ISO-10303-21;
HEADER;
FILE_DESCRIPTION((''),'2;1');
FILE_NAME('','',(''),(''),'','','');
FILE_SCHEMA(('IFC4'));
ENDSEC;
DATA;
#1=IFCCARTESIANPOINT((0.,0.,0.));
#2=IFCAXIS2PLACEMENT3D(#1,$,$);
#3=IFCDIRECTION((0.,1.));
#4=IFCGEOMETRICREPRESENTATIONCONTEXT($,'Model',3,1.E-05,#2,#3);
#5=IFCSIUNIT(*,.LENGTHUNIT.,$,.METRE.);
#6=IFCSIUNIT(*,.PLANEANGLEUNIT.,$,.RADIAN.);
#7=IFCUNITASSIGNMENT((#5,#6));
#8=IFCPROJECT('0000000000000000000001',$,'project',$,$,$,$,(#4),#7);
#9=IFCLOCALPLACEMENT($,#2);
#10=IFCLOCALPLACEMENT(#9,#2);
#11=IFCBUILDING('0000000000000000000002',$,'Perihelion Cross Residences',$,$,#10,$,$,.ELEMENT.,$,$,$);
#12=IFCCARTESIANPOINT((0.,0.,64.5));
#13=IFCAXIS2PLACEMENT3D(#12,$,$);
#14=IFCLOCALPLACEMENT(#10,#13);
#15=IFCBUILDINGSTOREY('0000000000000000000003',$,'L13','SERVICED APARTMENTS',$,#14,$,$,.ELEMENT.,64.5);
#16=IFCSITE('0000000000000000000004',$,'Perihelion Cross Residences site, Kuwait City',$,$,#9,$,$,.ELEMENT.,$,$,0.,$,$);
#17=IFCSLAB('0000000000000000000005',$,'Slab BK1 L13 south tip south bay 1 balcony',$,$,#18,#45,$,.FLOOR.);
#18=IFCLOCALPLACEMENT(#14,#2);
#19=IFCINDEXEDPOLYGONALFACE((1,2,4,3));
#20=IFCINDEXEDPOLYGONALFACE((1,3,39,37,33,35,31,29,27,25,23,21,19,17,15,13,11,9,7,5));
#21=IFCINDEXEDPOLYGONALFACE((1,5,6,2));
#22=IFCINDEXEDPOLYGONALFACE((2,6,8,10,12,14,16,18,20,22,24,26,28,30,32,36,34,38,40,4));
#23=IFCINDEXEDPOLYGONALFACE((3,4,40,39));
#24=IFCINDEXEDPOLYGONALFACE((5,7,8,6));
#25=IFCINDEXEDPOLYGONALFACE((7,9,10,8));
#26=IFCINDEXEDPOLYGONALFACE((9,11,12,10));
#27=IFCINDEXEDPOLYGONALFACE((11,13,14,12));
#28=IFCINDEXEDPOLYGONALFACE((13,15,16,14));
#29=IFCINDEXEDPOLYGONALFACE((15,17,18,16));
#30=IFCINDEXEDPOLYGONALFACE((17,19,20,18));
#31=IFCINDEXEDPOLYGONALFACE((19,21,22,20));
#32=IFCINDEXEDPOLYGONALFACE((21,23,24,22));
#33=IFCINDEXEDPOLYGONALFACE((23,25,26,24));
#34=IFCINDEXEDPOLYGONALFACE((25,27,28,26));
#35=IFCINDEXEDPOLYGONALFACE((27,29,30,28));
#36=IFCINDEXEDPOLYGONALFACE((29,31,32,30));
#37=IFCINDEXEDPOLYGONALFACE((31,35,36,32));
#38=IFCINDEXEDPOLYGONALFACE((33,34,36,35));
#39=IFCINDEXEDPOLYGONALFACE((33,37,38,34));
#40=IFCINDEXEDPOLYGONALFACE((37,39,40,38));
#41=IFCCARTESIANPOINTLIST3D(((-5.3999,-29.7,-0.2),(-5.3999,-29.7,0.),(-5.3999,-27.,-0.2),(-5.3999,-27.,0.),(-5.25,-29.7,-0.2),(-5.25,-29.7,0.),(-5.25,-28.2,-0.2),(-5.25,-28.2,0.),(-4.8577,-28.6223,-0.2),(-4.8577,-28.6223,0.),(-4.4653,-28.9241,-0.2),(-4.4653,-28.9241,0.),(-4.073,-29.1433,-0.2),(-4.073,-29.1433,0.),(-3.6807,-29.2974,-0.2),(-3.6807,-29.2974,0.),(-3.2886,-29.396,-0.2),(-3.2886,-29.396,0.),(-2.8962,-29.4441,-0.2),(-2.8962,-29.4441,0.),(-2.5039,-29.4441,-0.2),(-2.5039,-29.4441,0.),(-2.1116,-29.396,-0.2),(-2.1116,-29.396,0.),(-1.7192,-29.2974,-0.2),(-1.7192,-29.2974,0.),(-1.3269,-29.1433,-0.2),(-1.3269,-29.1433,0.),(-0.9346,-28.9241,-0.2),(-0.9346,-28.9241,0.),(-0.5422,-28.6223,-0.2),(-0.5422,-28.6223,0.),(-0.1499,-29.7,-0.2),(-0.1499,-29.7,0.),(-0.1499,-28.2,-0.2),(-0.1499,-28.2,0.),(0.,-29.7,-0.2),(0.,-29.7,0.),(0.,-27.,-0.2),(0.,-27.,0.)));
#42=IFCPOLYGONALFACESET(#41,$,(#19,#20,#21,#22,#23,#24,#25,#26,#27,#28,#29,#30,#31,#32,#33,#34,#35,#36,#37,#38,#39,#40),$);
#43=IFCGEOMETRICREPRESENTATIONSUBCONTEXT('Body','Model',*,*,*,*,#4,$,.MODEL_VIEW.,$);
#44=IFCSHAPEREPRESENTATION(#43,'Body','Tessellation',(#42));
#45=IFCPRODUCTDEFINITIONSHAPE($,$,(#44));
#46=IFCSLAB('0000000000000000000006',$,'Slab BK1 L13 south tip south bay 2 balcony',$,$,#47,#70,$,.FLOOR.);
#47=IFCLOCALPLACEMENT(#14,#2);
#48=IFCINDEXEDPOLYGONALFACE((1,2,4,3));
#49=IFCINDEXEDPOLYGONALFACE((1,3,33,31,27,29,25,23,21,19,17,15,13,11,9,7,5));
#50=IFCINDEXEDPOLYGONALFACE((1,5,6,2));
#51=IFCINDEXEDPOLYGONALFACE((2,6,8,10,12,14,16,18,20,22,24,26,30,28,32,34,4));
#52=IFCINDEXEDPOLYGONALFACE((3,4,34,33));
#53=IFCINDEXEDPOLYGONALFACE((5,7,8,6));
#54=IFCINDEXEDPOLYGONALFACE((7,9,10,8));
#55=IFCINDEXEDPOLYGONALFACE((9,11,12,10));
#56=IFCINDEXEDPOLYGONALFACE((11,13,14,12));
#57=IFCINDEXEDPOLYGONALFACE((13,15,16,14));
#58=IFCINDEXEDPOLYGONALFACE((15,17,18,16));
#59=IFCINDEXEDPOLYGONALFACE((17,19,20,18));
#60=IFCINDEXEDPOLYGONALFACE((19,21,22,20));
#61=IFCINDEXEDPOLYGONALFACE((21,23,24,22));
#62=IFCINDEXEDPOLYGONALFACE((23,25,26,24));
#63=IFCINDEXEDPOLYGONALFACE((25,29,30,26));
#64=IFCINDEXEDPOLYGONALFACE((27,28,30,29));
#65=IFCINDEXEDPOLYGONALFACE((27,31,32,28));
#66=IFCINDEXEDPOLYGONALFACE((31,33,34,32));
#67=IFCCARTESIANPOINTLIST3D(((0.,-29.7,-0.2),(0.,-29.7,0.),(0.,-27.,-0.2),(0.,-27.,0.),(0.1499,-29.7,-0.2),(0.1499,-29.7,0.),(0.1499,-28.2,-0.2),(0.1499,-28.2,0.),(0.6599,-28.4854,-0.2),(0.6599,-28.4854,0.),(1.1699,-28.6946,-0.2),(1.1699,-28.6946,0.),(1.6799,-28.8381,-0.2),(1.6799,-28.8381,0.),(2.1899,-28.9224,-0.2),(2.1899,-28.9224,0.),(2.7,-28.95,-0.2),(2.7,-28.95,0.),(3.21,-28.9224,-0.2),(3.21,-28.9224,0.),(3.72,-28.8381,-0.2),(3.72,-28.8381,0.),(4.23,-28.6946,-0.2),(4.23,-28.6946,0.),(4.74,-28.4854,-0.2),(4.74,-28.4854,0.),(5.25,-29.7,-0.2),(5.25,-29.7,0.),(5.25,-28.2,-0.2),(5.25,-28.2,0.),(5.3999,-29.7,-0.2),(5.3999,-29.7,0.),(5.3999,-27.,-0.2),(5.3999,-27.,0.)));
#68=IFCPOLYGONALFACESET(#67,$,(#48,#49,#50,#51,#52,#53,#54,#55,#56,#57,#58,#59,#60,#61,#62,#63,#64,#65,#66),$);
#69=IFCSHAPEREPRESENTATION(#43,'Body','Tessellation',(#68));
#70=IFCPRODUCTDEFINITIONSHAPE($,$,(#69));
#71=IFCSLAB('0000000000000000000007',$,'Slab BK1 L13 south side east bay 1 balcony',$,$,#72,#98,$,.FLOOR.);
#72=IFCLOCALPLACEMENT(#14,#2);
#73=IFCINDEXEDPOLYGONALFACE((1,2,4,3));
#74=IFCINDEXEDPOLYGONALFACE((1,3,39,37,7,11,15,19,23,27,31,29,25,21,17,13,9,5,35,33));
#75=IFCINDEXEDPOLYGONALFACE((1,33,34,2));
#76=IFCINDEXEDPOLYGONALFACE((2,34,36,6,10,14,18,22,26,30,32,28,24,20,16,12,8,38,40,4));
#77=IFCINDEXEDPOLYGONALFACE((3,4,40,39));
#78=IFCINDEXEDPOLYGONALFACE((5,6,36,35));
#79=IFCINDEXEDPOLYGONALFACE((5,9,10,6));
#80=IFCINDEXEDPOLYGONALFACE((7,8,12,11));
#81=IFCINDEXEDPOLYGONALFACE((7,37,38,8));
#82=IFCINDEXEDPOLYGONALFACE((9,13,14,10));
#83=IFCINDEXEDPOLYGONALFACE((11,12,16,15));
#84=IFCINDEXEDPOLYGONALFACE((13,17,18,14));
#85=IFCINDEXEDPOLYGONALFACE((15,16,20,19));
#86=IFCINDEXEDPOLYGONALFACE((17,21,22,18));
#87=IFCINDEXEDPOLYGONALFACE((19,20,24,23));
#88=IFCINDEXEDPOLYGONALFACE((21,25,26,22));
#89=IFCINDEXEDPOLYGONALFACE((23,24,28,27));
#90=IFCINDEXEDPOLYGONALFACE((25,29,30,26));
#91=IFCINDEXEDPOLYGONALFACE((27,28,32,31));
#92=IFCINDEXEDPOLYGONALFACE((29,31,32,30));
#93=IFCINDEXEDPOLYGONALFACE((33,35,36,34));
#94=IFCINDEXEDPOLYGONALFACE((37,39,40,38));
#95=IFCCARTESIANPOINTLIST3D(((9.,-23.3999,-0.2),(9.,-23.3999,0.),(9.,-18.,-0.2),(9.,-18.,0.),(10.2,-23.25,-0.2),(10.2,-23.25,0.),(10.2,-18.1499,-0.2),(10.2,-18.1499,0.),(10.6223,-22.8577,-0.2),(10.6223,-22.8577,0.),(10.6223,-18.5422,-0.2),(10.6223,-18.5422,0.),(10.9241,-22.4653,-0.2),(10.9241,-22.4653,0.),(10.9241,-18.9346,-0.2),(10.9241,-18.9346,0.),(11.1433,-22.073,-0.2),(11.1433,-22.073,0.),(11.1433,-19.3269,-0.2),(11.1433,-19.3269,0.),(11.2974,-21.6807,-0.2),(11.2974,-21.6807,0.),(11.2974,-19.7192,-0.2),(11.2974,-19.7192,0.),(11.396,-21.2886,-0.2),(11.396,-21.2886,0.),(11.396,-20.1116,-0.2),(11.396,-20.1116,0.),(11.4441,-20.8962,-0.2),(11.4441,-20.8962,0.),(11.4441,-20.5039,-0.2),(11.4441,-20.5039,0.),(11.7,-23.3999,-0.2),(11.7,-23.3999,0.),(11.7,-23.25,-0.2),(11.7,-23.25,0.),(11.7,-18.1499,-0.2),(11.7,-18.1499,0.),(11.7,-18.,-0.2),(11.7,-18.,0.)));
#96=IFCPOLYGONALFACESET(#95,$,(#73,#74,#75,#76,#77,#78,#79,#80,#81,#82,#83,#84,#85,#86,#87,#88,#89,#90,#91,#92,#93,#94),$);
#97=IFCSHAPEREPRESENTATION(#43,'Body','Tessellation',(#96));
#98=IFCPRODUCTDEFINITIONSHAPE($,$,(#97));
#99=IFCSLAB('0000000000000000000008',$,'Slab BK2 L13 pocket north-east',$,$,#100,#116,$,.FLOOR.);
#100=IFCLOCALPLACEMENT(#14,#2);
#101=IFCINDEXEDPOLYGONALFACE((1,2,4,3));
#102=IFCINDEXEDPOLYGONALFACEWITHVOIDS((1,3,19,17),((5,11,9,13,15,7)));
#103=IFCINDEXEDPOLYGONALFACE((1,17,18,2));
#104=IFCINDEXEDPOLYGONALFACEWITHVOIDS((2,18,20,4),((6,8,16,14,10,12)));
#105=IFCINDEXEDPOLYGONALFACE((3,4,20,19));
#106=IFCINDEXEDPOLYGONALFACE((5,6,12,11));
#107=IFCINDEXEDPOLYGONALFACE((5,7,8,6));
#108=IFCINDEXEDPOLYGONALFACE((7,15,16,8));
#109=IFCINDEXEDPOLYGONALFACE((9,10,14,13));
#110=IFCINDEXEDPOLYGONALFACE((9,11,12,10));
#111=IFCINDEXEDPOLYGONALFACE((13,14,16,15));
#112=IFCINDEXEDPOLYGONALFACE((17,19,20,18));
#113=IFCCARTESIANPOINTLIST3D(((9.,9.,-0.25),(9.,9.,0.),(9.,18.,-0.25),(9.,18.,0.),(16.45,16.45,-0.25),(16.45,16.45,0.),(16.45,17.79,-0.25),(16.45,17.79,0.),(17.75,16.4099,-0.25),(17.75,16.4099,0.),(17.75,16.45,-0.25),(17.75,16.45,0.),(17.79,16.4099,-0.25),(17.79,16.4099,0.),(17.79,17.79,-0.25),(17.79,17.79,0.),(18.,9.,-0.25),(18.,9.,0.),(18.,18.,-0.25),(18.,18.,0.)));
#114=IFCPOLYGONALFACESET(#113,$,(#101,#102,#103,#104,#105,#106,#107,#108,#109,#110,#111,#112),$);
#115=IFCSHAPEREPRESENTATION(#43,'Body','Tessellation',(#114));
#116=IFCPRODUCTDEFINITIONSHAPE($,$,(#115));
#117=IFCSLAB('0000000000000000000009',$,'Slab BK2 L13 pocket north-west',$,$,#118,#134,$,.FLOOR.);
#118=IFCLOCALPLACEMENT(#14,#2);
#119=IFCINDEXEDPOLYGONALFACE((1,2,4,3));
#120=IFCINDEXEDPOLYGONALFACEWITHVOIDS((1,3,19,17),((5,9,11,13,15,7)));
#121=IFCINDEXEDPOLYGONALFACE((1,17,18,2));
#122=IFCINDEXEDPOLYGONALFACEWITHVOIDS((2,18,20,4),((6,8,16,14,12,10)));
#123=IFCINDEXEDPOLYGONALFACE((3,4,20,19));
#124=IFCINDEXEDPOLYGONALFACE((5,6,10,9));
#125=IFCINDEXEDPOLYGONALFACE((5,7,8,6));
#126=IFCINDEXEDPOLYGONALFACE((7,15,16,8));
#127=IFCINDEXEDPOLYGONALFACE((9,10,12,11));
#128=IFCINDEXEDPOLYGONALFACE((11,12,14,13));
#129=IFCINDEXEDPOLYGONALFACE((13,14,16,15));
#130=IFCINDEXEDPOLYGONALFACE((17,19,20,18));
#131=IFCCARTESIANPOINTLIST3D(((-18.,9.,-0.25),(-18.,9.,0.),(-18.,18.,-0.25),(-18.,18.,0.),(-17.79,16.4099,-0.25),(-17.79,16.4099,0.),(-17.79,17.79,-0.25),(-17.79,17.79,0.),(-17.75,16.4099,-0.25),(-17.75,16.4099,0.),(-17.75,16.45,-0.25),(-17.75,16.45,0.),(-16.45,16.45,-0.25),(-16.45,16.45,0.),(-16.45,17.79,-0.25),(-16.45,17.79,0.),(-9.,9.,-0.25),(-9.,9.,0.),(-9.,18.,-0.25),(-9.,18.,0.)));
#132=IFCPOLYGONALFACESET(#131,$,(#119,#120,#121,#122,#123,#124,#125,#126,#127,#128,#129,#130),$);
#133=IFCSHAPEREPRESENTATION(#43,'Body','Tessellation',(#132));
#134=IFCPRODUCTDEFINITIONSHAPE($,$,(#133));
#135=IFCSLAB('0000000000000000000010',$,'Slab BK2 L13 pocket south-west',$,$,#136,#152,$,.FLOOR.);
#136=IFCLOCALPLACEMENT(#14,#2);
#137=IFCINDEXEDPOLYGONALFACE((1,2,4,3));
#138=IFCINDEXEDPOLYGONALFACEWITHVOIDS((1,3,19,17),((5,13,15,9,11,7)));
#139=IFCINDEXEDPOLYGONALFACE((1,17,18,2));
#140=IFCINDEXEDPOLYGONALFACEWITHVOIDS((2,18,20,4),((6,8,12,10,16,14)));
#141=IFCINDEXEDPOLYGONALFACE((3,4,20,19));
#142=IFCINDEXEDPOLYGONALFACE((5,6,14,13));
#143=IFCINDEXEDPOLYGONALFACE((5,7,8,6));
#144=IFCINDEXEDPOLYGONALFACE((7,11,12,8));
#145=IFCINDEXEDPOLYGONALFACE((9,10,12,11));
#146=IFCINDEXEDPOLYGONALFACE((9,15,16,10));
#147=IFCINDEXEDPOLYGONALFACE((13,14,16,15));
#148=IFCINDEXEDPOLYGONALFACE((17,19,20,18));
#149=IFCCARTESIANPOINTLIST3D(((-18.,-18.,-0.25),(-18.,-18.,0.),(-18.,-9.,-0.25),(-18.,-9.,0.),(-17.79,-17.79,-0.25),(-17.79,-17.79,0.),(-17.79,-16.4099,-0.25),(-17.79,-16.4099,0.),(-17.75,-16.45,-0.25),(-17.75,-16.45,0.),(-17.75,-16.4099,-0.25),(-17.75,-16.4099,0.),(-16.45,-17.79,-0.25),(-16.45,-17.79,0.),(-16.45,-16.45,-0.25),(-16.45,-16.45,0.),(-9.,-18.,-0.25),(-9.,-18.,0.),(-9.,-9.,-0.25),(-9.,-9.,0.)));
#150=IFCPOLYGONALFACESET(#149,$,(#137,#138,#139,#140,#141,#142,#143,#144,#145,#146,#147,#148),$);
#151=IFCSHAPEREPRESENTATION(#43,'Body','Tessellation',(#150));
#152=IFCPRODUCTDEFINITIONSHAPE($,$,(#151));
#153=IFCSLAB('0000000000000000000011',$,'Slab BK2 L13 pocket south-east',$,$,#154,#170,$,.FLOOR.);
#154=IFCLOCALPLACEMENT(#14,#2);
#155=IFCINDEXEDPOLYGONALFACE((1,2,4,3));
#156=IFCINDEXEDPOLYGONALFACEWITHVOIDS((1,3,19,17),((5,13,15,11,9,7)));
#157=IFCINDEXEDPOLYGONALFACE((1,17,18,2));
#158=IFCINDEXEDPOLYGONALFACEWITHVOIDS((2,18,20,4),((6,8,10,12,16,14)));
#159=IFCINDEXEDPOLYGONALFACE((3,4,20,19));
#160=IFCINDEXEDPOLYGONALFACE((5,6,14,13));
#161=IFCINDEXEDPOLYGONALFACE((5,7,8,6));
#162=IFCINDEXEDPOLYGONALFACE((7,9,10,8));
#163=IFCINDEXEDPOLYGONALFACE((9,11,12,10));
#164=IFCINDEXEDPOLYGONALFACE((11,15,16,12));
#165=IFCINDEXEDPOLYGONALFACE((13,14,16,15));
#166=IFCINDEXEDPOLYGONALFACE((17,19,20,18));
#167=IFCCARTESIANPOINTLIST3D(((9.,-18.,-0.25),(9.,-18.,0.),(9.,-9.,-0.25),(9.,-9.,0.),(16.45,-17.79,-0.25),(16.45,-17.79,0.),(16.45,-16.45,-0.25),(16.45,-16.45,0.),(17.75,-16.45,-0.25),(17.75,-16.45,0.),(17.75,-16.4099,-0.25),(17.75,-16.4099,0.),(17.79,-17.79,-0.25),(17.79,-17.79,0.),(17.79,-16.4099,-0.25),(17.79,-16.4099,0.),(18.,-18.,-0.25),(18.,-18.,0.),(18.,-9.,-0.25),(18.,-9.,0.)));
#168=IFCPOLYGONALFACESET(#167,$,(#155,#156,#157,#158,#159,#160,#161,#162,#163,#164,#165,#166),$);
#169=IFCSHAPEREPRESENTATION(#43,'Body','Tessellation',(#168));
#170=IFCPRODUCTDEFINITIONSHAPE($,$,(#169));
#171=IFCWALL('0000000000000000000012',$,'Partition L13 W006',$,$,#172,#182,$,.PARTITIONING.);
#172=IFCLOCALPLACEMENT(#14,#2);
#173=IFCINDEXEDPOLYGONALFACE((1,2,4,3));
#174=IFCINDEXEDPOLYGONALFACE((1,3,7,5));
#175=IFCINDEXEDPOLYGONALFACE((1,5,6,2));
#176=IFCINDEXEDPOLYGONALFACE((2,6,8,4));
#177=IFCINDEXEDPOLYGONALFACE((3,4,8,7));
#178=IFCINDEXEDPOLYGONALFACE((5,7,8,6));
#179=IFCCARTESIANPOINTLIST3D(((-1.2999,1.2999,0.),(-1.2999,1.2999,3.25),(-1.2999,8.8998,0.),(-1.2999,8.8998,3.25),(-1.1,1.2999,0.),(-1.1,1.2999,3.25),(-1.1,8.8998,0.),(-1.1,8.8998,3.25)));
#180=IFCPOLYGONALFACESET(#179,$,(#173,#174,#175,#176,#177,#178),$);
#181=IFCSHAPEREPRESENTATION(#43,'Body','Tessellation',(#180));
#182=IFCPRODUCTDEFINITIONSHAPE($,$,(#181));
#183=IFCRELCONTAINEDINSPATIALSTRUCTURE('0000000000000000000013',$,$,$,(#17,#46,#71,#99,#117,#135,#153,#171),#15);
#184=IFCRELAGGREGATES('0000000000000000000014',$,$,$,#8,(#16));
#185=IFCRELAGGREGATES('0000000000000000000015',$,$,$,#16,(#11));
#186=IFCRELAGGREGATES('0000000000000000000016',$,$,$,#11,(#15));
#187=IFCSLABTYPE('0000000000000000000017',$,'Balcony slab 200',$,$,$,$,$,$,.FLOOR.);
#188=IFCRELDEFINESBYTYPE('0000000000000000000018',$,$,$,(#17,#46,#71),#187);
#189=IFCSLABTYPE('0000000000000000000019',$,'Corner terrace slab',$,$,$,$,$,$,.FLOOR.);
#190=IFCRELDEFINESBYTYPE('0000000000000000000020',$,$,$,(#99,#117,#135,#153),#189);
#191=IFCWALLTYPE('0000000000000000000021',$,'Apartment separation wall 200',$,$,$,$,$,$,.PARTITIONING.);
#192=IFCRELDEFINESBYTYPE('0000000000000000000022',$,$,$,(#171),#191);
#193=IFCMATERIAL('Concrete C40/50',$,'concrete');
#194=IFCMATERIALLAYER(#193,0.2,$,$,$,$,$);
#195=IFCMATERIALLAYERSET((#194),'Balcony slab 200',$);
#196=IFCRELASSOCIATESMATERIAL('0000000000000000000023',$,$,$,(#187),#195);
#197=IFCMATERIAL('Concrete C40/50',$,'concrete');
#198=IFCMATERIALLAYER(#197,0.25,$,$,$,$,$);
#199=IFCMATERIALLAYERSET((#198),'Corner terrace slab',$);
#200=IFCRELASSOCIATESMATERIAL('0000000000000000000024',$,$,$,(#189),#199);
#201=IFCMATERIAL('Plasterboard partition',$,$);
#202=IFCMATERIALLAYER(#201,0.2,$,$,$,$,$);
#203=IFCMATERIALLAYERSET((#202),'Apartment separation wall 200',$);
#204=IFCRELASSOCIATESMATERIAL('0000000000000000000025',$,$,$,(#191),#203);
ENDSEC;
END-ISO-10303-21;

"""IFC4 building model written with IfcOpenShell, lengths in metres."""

from ifc_helpers import new_model, si_unit, direction, frame, frame_2d, origin, place, context, subcontext, project, spatial, polyline, rectangle, outline, extrude, material, layer, layer_set, type_object, element, save


model = new_model("IFC4")

# Units and contexts
model_context = context("Model", 3, precision=1e-05, world=origin(), true_north=direction((0.0, 1.0)))
body_context = subcontext(model_context, "Body", "Model", "MODEL_VIEW")
ifc_project = project(units=[si_unit("LENGTHUNIT", "METRE"), si_unit("PLANEANGLEUNIT", "RADIAN")], contexts=[model_context])

# Site, building, storey
site_placement = place(None, origin())
site = spatial("IfcSite", under=ifc_project, at=site_placement, Name="Perihelion Cross Residences site, Kuwait City", CompositionType="ELEMENT", RefElevation=0.0)
building_placement = place(site_placement, origin())
building = spatial("IfcBuilding", under=site, at=building_placement, Name="Perihelion Cross Residences", CompositionType="ELEMENT")
storey_placement = place(building_placement, frame((0.0, 0.0, 64.5)))
storey = spatial("IfcBuildingStorey", under=building, at=storey_placement, Name="L13", Description="SERVICED APARTMENTS", CompositionType="ELEMENT", Elevation=64.5)

# Slabs
ifc_material_1 = material(Name="Concrete C40/50", Category="concrete")
ifc_layer_1 = layer(ifc_material_1, 0.2)
ifc_layer_set_1 = layer_set([ifc_layer_1], Name="Balcony slab 200")
slab_type_1 = type_object("IfcSlabType", Name="Balcony slab 200", PredefinedType="FLOOR", material=ifc_layer_set_1)
slab_1_placement = place(storey_placement, frame((0.0, 0.0, -0.2)))
element("IfcSlab", 1, at=slab_1_placement, inside=storey, type_object=slab_type_1, Name="Slab BK1 L13 south tip south bay 1 balcony", PredefinedType="FLOOR", context=body_context, shape_type="SweptSolid", body=[
    extrude(outline(polyline([(-5.3999, -27.0), (0.0, -27.0), (0.0, -29.7), (-0.1499, -29.7), (-0.1499, -28.2), (-0.5422, -28.6223), (-0.9346, -28.9241), (-1.3269, -29.1433), (-1.7192, -29.2974), (-2.1116, -29.396), (-2.5039, -29.4441), (-2.8962, -29.4441), (-3.2886, -29.396), (-3.6807, -29.2974), (-4.073, -29.1433), (-4.4653, -28.9241), (-4.8577, -28.6223), (-5.25, -28.2), (-5.25, -29.7), (-5.3999, -29.7), (-5.3999, -27.0)])), origin(), (0.0, 0.0, 1.0), 0.2),
])
slab_2_placement = place(storey_placement, frame((0.0, 0.0, -0.2)))
element("IfcSlab", 2, at=slab_2_placement, inside=storey, type_object=slab_type_1, Name="Slab BK1 L13 south tip south bay 2 balcony", PredefinedType="FLOOR", context=body_context, shape_type="SweptSolid", body=[
    extrude(outline(polyline([(0.0, -27.0), (5.3999, -27.0), (5.3999, -29.7), (5.25, -29.7), (5.25, -28.2), (4.74, -28.4854), (4.23, -28.6946), (3.72, -28.8381), (3.21, -28.9224), (2.7, -28.95), (2.1899, -28.9224), (1.6799, -28.8381), (1.1699, -28.6946), (0.6599, -28.4854), (0.1499, -28.2), (0.1499, -29.7), (0.0, -29.7), (0.0, -27.0)])), origin(), (0.0, 0.0, 1.0), 0.2),
])
slab_3_placement = place(storey_placement, frame((0.0, 0.0, -0.2)))
element("IfcSlab", 3, at=slab_3_placement, inside=storey, type_object=slab_type_1, Name="Slab BK1 L13 south side east bay 1 balcony", PredefinedType="FLOOR", context=body_context, shape_type="SweptSolid", body=[
    extrude(outline(polyline([(9.0, -23.3999), (9.0, -18.0), (11.7, -18.0), (11.7, -18.1499), (10.2, -18.1499), (10.6223, -18.5422), (10.9241, -18.9346), (11.1433, -19.3269), (11.2974, -19.7192), (11.396, -20.1116), (11.4441, -20.5039), (11.4441, -20.8962), (11.396, -21.2886), (11.2974, -21.6807), (11.1433, -22.073), (10.9241, -22.4653), (10.6223, -22.8577), (10.2, -23.25), (11.7, -23.25), (11.7, -23.3999), (9.0, -23.3999)])), origin(), (0.0, 0.0, 1.0), 0.2),
])
ifc_material_2 = material(Name="Concrete C40/50", Category="concrete")
ifc_layer_2 = layer(ifc_material_2, 0.25)
ifc_layer_set_2 = layer_set([ifc_layer_2], Name="Corner terrace slab")
slab_type_2 = type_object("IfcSlabType", Name="Corner terrace slab", PredefinedType="FLOOR", material=ifc_layer_set_2)
slab_4_placement = place(storey_placement, frame((0.0, 0.0, -0.25)))
element("IfcSlab", 4, at=slab_4_placement, inside=storey, type_object=slab_type_2, Name="Slab BK2 L13 pocket north-east", PredefinedType="FLOOR", context=body_context, shape_type="SweptSolid", body=[
    extrude(outline(polyline([(18.0, 9.0), (18.0, 18.0), (9.0, 18.0), (9.0, 9.0), (18.0, 9.0)]), holes=[polyline([(16.45, 16.45), (16.45, 17.79), (17.79, 17.79), (17.79, 16.4099), (17.75, 16.4099), (17.75, 16.45), (16.45, 16.45)])]), origin(), (0.0, 0.0, 1.0), 0.25),
])
slab_5_placement = place(storey_placement, frame((0.0, 0.0, -0.25)))
element("IfcSlab", 5, at=slab_5_placement, inside=storey, type_object=slab_type_2, Name="Slab BK2 L13 pocket north-west", PredefinedType="FLOOR", context=body_context, shape_type="SweptSolid", body=[
    extrude(outline(polyline([(-9.0, 9.0), (-9.0, 18.0), (-18.0, 18.0), (-18.0, 9.0), (-9.0, 9.0)]), holes=[polyline([(-17.79, 16.4099), (-17.79, 17.79), (-16.45, 17.79), (-16.45, 16.45), (-17.75, 16.45), (-17.75, 16.4099), (-17.79, 16.4099)])]), origin(), (0.0, 0.0, 1.0), 0.25),
])
slab_6_placement = place(storey_placement, frame((0.0, 0.0, -0.25)))
element("IfcSlab", 6, at=slab_6_placement, inside=storey, type_object=slab_type_2, Name="Slab BK2 L13 pocket south-west", PredefinedType="FLOOR", context=body_context, shape_type="SweptSolid", body=[
    extrude(outline(polyline([(-9.0, -18.0), (-9.0, -9.0), (-18.0, -9.0), (-18.0, -18.0), (-9.0, -18.0)]), holes=[polyline([(-17.79, -16.4099), (-17.75, -16.4099), (-17.75, -16.45), (-16.45, -16.45), (-16.45, -17.79), (-17.79, -17.79), (-17.79, -16.4099)])]), origin(), (0.0, 0.0, 1.0), 0.25),
])
slab_7_placement = place(storey_placement, frame((0.0, 0.0, -0.25)))
element("IfcSlab", 7, at=slab_7_placement, inside=storey, type_object=slab_type_2, Name="Slab BK2 L13 pocket south-east", PredefinedType="FLOOR", context=body_context, shape_type="SweptSolid", body=[
    extrude(outline(polyline([(18.0, -18.0), (18.0, -9.0), (9.0, -9.0), (9.0, -18.0), (18.0, -18.0)]), holes=[polyline([(16.45, -17.79), (16.45, -16.45), (17.75, -16.45), (17.75, -16.4099), (17.79, -16.4099), (17.79, -17.79), (16.45, -17.79)])]), origin(), (0.0, 0.0, 1.0), 0.25),
])

# Wall
ifc_material_3 = material(Name="Plasterboard partition")
ifc_layer_3 = layer(ifc_material_3, 0.2)
ifc_layer_set_3 = layer_set([ifc_layer_3], Name="Apartment separation wall 200")
wall_type_1 = type_object("IfcWallType", Name="Apartment separation wall 200", PredefinedType="PARTITIONING", material=ifc_layer_set_3)
wall_1_placement = place(storey_placement, frame((-1.2, 1.3, 0.0), z_axis=(0.0, 0.0, 1.0), x_axis=(0.0, 1.0, 0.0)))
element("IfcWall", 8, at=wall_1_placement, inside=storey, type_object=wall_type_1, Name="Partition L13 W006", PredefinedType="PARTITIONING", context=body_context, shape_type="SweptSolid", body=[
    extrude(rectangle(XDim=7.5999, YDim=0.2, at=frame_2d((3.7998, 0.0))), origin(), (0.0, 0.0, 1.0), 3.25),
])

save(model, "model.ifc")
